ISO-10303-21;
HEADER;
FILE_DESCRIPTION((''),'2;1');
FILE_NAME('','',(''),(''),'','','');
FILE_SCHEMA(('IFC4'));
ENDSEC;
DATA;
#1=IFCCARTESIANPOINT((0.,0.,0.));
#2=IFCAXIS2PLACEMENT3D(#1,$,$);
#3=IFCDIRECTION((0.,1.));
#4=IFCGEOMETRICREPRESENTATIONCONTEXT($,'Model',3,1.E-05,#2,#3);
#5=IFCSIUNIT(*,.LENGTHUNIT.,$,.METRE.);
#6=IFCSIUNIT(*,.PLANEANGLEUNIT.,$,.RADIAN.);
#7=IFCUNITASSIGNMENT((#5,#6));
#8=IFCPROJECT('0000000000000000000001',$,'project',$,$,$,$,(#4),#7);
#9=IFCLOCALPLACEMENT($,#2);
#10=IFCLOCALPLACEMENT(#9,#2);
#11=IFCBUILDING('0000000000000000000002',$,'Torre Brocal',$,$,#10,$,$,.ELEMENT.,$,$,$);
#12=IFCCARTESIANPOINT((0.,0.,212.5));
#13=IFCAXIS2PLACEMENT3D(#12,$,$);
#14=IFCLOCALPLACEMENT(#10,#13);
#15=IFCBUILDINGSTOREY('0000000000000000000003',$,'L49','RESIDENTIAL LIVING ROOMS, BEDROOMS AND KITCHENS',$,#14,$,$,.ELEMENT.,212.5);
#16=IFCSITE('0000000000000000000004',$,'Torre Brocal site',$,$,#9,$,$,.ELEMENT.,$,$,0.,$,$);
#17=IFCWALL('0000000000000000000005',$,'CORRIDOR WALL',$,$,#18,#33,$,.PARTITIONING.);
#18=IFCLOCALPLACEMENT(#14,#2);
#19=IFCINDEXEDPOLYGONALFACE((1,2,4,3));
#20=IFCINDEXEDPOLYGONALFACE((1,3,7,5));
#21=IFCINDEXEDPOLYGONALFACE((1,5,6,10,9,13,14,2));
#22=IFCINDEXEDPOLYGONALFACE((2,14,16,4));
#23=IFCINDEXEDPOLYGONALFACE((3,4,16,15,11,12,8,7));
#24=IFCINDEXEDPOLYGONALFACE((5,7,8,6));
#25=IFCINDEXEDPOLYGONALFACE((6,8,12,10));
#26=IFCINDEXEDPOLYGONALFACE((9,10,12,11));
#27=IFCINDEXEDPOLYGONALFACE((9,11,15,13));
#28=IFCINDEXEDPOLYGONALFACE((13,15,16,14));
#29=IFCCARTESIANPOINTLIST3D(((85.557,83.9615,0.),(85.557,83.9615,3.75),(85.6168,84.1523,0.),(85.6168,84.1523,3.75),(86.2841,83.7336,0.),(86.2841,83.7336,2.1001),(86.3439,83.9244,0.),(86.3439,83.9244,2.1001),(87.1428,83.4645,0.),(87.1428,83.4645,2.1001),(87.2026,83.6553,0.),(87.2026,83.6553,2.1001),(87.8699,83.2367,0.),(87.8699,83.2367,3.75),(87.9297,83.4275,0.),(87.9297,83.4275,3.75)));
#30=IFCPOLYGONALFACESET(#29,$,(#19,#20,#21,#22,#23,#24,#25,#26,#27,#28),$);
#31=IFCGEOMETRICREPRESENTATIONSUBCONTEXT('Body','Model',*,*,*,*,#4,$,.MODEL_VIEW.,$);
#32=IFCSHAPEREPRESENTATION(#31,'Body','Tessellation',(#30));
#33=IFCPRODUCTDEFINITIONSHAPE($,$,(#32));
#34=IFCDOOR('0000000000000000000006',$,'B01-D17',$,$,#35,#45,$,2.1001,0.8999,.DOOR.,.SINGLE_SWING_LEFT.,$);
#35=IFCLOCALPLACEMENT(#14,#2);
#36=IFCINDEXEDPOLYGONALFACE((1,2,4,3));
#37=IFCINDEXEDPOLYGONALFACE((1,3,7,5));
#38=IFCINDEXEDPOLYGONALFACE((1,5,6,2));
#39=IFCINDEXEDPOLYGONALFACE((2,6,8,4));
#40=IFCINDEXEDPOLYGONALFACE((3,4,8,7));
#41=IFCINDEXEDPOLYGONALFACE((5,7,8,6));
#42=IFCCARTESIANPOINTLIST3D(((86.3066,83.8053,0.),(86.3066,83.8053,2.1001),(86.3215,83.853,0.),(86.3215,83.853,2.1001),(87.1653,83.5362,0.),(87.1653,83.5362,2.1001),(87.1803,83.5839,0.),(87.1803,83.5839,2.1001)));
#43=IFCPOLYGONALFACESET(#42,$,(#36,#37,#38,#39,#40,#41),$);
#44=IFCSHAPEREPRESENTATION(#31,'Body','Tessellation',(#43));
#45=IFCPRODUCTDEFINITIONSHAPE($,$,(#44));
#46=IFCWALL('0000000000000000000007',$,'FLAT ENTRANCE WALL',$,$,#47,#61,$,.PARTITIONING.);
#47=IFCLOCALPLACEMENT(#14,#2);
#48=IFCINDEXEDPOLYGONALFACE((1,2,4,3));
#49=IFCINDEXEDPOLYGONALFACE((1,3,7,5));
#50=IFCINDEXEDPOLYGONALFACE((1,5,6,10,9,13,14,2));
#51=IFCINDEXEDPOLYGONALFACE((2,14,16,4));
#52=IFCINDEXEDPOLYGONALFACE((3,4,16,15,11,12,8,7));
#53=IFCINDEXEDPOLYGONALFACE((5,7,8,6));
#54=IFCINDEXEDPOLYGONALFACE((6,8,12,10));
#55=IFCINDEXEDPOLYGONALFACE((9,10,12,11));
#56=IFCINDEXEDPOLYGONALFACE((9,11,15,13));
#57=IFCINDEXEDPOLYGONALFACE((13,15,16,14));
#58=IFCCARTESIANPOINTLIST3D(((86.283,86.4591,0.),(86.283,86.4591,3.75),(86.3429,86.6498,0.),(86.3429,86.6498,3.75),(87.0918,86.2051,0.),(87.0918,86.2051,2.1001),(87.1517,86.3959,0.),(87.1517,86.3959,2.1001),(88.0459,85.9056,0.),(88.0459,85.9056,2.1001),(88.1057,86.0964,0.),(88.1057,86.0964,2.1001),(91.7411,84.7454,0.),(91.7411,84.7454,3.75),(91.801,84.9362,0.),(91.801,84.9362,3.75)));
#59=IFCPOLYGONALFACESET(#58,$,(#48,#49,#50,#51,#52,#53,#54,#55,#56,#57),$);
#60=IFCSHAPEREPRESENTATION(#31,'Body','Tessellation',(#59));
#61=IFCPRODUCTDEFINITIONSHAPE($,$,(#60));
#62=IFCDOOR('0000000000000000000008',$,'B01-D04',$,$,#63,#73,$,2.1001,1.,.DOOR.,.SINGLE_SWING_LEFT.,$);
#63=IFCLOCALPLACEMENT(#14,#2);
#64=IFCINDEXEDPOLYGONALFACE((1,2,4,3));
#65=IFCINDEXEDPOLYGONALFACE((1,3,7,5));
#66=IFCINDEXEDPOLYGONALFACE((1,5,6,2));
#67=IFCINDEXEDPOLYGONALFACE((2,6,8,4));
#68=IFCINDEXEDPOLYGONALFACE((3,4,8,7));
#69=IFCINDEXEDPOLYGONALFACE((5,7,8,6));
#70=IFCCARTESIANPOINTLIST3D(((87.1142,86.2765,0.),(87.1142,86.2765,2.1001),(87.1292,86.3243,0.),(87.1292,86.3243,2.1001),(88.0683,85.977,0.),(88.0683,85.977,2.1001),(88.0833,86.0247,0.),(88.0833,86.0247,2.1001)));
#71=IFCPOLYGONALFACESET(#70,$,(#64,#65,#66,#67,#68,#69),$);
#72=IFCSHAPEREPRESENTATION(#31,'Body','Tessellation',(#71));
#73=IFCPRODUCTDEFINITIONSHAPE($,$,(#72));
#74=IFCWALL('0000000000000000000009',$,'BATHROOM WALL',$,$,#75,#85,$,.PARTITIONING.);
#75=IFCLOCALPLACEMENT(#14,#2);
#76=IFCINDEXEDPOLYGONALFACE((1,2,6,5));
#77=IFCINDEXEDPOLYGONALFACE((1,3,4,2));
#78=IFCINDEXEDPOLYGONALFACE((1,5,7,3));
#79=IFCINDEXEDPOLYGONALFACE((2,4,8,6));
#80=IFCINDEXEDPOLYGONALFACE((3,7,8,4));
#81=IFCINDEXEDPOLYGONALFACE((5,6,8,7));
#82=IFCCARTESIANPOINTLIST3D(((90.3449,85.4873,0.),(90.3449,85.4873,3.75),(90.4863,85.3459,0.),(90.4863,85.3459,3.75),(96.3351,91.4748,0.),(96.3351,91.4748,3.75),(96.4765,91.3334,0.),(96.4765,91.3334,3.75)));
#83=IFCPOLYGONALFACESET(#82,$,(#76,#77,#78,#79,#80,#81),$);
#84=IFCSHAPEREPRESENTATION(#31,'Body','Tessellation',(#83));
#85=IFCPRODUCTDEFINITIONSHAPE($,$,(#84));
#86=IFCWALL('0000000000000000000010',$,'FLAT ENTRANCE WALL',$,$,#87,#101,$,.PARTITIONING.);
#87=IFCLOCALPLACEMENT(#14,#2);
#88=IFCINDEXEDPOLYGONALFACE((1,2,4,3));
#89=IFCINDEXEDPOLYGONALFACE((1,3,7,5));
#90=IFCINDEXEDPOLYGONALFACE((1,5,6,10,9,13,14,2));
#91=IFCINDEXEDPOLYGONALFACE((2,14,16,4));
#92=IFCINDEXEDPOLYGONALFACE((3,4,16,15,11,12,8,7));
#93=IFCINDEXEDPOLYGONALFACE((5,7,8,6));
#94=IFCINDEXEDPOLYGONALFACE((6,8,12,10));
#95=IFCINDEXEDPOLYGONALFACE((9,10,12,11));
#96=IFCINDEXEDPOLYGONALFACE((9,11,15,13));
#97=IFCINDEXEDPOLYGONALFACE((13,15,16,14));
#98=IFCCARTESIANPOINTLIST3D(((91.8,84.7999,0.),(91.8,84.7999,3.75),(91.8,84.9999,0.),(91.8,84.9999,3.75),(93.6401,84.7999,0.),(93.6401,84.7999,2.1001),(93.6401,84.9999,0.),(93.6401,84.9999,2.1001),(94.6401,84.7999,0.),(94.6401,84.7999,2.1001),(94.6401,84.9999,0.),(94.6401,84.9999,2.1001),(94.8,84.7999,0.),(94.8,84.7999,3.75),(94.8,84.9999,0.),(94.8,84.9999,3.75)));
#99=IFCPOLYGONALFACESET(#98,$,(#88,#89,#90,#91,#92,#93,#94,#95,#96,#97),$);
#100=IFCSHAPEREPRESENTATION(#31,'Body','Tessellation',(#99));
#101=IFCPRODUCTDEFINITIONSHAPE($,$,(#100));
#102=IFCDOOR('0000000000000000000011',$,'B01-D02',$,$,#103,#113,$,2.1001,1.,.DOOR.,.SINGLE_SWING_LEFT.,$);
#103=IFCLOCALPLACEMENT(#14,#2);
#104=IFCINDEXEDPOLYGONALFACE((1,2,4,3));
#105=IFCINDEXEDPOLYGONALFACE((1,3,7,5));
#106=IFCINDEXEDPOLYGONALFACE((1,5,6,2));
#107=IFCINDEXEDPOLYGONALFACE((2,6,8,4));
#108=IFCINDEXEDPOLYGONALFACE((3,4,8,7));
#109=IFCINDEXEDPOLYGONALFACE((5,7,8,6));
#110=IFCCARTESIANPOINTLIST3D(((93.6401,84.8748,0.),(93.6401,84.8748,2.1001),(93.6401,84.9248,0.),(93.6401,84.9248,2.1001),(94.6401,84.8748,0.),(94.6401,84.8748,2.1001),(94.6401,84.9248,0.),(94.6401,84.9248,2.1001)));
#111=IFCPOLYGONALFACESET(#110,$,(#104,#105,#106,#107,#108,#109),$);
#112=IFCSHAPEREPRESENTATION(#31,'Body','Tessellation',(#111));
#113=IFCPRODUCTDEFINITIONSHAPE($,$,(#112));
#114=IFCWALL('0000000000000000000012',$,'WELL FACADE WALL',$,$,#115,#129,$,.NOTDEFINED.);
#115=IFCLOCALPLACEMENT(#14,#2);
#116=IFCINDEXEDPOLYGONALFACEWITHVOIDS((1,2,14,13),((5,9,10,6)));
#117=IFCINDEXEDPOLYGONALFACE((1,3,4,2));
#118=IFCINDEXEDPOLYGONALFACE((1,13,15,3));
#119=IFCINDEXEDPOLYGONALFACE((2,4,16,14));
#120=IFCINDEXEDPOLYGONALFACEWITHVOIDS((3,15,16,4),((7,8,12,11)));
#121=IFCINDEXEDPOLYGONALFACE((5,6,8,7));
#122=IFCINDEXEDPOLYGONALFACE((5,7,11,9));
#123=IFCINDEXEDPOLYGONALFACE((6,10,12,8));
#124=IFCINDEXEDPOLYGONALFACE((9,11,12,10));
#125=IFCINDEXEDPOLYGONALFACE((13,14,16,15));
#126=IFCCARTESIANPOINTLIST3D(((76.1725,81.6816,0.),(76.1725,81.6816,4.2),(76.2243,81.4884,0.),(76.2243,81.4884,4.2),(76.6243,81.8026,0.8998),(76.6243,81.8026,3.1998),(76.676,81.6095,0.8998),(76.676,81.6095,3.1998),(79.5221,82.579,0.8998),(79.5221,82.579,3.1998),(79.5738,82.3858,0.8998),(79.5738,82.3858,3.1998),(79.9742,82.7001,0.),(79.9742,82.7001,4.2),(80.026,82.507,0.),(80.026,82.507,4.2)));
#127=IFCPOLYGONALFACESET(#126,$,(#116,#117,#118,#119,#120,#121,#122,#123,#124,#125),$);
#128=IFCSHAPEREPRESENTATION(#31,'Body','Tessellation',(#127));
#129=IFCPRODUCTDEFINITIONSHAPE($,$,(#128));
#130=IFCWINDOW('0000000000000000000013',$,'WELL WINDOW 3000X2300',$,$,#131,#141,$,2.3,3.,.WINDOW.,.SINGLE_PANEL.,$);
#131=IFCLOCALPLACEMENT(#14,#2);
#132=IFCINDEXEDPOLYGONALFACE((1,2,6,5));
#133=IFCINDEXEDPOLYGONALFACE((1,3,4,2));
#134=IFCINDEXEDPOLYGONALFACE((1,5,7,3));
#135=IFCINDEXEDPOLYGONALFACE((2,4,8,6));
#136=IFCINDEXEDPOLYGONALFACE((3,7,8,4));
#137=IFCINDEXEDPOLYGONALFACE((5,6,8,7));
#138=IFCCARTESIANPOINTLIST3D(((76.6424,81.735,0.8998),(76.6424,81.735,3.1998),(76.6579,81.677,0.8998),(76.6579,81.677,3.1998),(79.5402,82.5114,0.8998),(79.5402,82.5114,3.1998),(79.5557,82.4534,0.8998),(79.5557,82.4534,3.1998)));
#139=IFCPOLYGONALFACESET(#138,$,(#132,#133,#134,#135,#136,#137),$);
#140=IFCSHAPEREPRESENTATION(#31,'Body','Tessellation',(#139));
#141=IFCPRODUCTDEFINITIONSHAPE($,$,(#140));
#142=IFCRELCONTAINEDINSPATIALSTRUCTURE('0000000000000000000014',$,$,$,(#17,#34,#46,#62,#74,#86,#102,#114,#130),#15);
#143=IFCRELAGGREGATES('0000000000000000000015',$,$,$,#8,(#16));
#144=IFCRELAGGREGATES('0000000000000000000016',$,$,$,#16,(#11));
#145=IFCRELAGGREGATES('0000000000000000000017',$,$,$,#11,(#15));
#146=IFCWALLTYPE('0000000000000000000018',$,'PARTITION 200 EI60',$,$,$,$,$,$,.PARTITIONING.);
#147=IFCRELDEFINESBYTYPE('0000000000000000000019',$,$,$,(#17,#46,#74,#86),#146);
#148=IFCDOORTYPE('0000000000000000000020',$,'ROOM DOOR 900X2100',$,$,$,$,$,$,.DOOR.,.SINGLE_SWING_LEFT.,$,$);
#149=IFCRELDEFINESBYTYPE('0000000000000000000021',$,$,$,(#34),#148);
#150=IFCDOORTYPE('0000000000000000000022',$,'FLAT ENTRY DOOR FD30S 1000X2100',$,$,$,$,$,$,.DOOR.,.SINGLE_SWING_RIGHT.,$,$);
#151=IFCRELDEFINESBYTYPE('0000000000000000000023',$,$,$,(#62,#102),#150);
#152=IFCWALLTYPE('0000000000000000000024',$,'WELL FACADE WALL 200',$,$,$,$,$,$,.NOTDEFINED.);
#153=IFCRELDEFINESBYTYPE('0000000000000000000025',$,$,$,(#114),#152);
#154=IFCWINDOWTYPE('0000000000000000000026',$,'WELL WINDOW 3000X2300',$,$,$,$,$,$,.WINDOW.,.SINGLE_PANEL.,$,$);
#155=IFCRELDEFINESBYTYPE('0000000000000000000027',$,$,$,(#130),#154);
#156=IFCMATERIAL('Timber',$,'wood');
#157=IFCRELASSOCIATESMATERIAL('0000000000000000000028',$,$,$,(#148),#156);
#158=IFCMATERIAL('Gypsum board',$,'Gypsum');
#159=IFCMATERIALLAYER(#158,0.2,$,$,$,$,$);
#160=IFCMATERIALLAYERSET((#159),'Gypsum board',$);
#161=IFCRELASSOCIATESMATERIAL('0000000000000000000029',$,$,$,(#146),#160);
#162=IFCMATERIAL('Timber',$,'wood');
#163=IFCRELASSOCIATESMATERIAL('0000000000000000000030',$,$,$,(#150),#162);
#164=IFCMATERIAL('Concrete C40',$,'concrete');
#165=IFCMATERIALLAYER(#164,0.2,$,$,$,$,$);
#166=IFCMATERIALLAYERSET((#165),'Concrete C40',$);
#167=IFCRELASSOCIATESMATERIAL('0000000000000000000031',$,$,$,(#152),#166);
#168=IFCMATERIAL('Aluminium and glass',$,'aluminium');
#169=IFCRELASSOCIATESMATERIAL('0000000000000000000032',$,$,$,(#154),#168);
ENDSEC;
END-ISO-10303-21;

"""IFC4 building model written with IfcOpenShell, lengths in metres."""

from ifc_helpers import new_model, si_unit, direction, frame, frame_2d, origin, place, context, subcontext, project, spatial, rectangle, extrude, material, layer, layer_set, type_object, element, fill, save


model = new_model("IFC4")

# Units and contexts
model_context = context("Model", 3, precision=1e-05, world=origin(), true_north=direction((0.0, 1.0)))
body_context = subcontext(model_context, "Body", "Model", "MODEL_VIEW")
ifc_project = project(units=[si_unit("LENGTHUNIT", "METRE"), si_unit("PLANEANGLEUNIT", "RADIAN")], contexts=[model_context])

# Site, building, storey
site_placement = place(None, origin())
site = spatial("IfcSite", under=ifc_project, at=site_placement, Name="Torre Brocal site", CompositionType="ELEMENT", RefElevation=0.0)
building_placement = place(site_placement, origin())
building = spatial("IfcBuilding", under=site, at=building_placement, Name="Torre Brocal", CompositionType="ELEMENT")
storey_placement = place(building_placement, frame((0.0, 0.0, 212.5)))
storey = spatial("IfcBuildingStorey", under=building, at=storey_placement, Name="L49", Description="RESIDENTIAL LIVING ROOMS, BEDROOMS AND KITCHENS", CompositionType="ELEMENT", Elevation=212.5)

# Shared definitions
ifc_material_1 = material(Name="Timber", Category="wood")
door_type_1 = type_object("IfcDoorType", Name="ROOM DOOR 900X2100", OperationType="SINGLE_SWING_LEFT", PredefinedType="DOOR", material=ifc_material_1)

# Walls, openings, doors
ifc_material_2 = material(Name="Gypsum board", Category="Gypsum")
ifc_layer_1 = layer(ifc_material_2, 0.2)
ifc_layer_set_1 = layer_set([ifc_layer_1], Name="Gypsum board")
wall_type_1 = type_object("IfcWallType", Name="PARTITION 200 EI60", PredefinedType="PARTITIONING", material=ifc_layer_set_1)
wall_1_placement = place(storey_placement, frame((85.5869, 84.0569, 0.0), z_axis=(0.0, 0.0, 1.0), x_axis=(0.95424, -0.299043, 0.0)))
wall_1 = element("IfcWall", 1, at=wall_1_placement, inside=storey, type_object=wall_type_1, Name="CORRIDOR WALL", PredefinedType="PARTITIONING", context=body_context, shape_type="SweptSolid", body=[
    extrude(rectangle(XDim=2.4238, YDim=0.2, at=frame_2d((1.2119, 0.0))), origin(), (0.0, 0.0, 1.0), 3.75),
])
opening_1_placement = place(wall_1_placement, frame((0.762, 0.0, 0.0)))
opening_1 = element("IfcOpeningElement", 2, at=opening_1_placement, cuts=wall_1, PredefinedType="OPENING", context=body_context, shape_type="SweptSolid", body=[
    extrude(rectangle(XDim=0.8999, YDim=2.1001, at=frame_2d((0.45, 1.05))), frame((0.0, 0.1099, 0.0), z_axis=(0.0, -1.0, 0.0), x_axis=(1.0, 0.0, 0.0)), (0.0, 0.0, 1.0), 0.22),
])
door_1_placement = place(opening_1_placement, frame((0.8999, 0.0, 0.0), z_axis=(0.0, 0.0, 1.0), x_axis=(-1.0, 0.0, 0.0)))
door_1 = element("IfcDoor", 3, at=door_1_placement, inside=storey, type_object=door_type_1, Name="B01-D17", OperationType="SINGLE_SWING_LEFT", OverallHeight=2.1001, OverallWidth=0.8999, PredefinedType="DOOR", context=body_context, shape_type="SweptSolid", body=[
    extrude(rectangle(XDim=0.8999, YDim=2.1001, at=frame_2d((0.45, 1.05))), frame((0.0, 0.0249, 0.0), z_axis=(0.0, -1.0, 0.0), x_axis=(1.0, 0.0, 0.0)), (0.0, 0.0, 1.0), 0.05),
])
fill(opening_1, door_1)
wall_2_placement = place(storey_placement, frame((86.313, 86.5544, 0.0), z_axis=(0.0, 0.0, 1.0), x_axis=(0.954081, -0.299548, 0.0)))
wall_2 = element("IfcWall", 4, at=wall_2_placement, inside=storey, type_object=wall_type_1, Name="FLAT ENTRANCE WALL", PredefinedType="PARTITIONING", context=body_context, shape_type="SweptSolid", body=[
    extrude(rectangle(XDim=5.7207, YDim=0.2, at=frame_2d((2.8604, 0.0))), origin(), (0.0, 0.0, 1.0), 3.75),
])
opening_2_placement = place(wall_2_placement, frame((0.8477, 0.0, 0.0)))
opening_2 = element("IfcOpeningElement", 5, at=opening_2_placement, cuts=wall_2, PredefinedType="OPENING", context=body_context, shape_type="SweptSolid", body=[
    extrude(rectangle(XDim=1.0, YDim=2.1001, at=frame_2d((0.5, 1.05))), frame((0.0, 0.1099, 0.0), z_axis=(0.0, -1.0, 0.0), x_axis=(1.0, 0.0, 0.0)), (0.0, 0.0, 1.0), 0.22),
])
ifc_material_3 = material(Name="Timber", Category="wood")
door_type_2 = type_object("IfcDoorType", Name="FLAT ENTRY DOOR FD30S 1000X2100", OperationType="SINGLE_SWING_RIGHT", PredefinedType="DOOR", material=ifc_material_3)
door_2_placement = place(opening_2_placement, origin())
door_2 = element("IfcDoor", 6, at=door_2_placement, inside=storey, type_object=door_type_2, Name="B01-D04", OperationType="SINGLE_SWING_LEFT", OverallHeight=2.1001, OverallWidth=1.0, PredefinedType="DOOR", context=body_context, shape_type="SweptSolid", body=[
    extrude(rectangle(XDim=1.0, YDim=2.1001, at=frame_2d((0.5, 1.05))), frame((0.0, 0.0249, 0.0), z_axis=(0.0, -1.0, 0.0), x_axis=(1.0, 0.0, 0.0)), (0.0, 0.0, 1.0), 0.05),
])
fill(opening_2, door_2)

# Wall
wall_3_placement = place(storey_placement, frame((90.4155, 85.4165, 0.0), z_axis=(0.0, 0.0, 1.0), x_axis=(0.707265, 0.706948, 0.0)))
element("IfcWall", 7, at=wall_3_placement, inside=storey, type_object=wall_type_1, Name="BATHROOM WALL", PredefinedType="PARTITIONING", context=body_context, shape_type="SweptSolid", body=[
    extrude(rectangle(XDim=8.4695, YDim=0.2, at=frame_2d((4.2349, 0.0))), origin(), (0.0, 0.0, 1.0), 3.75),
])

# Wall, opening, door
wall_4_placement = place(storey_placement, frame((91.8, 84.8999, 0.0), z_axis=(0.0, 0.0, 1.0), x_axis=(1.0, 0.0, 0.0)))
wall_4 = element("IfcWall", 8, at=wall_4_placement, inside=storey, type_object=wall_type_1, Name="FLAT ENTRANCE WALL", PredefinedType="PARTITIONING", context=body_context, shape_type="SweptSolid", body=[
    extrude(rectangle(XDim=3.0, YDim=0.2, at=frame_2d((1.5, 0.0))), origin(), (0.0, 0.0, 1.0), 3.75),
])
opening_3_placement = place(wall_4_placement, frame((1.8401, 0.0, 0.0)))
opening_3 = element("IfcOpeningElement", 9, at=opening_3_placement, cuts=wall_4, PredefinedType="OPENING", context=body_context, shape_type="SweptSolid", body=[
    extrude(rectangle(XDim=1.0, YDim=2.1001, at=frame_2d((0.5, 1.05))), frame((0.0, 0.1099, 0.0), z_axis=(0.0, -1.0, 0.0), x_axis=(1.0, 0.0, 0.0)), (0.0, 0.0, 1.0), 0.22),
])
door_3_placement = place(opening_3_placement, origin())
door_3 = element("IfcDoor", 10, at=door_3_placement, inside=storey, type_object=door_type_2, Name="B01-D02", OperationType="SINGLE_SWING_LEFT", OverallHeight=2.1001, OverallWidth=1.0, PredefinedType="DOOR", context=body_context, shape_type="SweptSolid", body=[
    extrude(rectangle(XDim=1.0, YDim=2.1001, at=frame_2d((0.5, 1.05))), frame((0.0, 0.0249, 0.0), z_axis=(0.0, -1.0, 0.0), x_axis=(1.0, 0.0, 0.0)), (0.0, 0.0, 1.0), 0.05),
])
fill(opening_3, door_3)

# Wall, opening, window
ifc_material_4 = material(Name="Concrete C40", Category="concrete")
ifc_layer_2 = layer(ifc_material_4, 0.2)
ifc_layer_set_2 = layer_set([ifc_layer_2], Name="Concrete C40")
wall_type_2 = type_object("IfcWallType", Name="WELL FACADE WALL 200", PredefinedType="NOTDEFINED", material=ifc_layer_set_2)
wall_5_placement = place(storey_placement, frame((80.0, 82.6035, 0.0), z_axis=(0.0, 0.0, 1.0), x_axis=(-0.965934, -0.25879, 0.0)))
wall_5 = element("IfcWall", 11, at=wall_5_placement, inside=storey, type_object=wall_type_2, Name="WELL FACADE WALL", PredefinedType="NOTDEFINED", context=body_context, shape_type="SweptSolid", body=[
    extrude(rectangle(XDim=3.9358, YDim=0.2, at=frame_2d((1.9678, 0.0))), origin(), (0.0, 0.0, 1.0), 4.2),
])
opening_4_placement = place(wall_5_placement, frame((0.468, 0.0, 0.8999)))
opening_4 = element("IfcOpeningElement", 12, at=opening_4_placement, cuts=wall_5, PredefinedType="OPENING", context=body_context, shape_type="SweptSolid", body=[
    extrude(rectangle(XDim=3.0, YDim=2.3, at=frame_2d((1.5, 1.1499))), frame((0.0, 0.1099, 0.0), z_axis=(0.0, -1.0, 0.0), x_axis=(1.0, 0.0, 0.0)), (0.0, 0.0, 1.0), 0.22),
])
ifc_material_5 = material(Name="Aluminium and glass", Category="aluminium")
window_type = type_object("IfcWindowType", Name="WELL WINDOW 3000X2300", PartitioningType="SINGLE_PANEL", PredefinedType="WINDOW", material=ifc_material_5)
window_placement = place(opening_4_placement, origin())
window = element("IfcWindow", 13, at=window_placement, inside=storey, type_object=window_type, Name="WELL WINDOW 3000X2300", OverallHeight=2.3, OverallWidth=3.0, PartitioningType="SINGLE_PANEL", PredefinedType="WINDOW", context=body_context, shape_type="SweptSolid", body=[
    extrude(rectangle(XDim=3.0, YDim=2.3, at=frame_2d((1.5, 1.1499))), frame((0.0, 0.03, 0.0), z_axis=(0.0, -1.0, 0.0), x_axis=(1.0, 0.0, 0.0)), (0.0, 0.0, 1.0), 0.0601),
])
fill(opening_4, window)

save(model, "model.ifc")
